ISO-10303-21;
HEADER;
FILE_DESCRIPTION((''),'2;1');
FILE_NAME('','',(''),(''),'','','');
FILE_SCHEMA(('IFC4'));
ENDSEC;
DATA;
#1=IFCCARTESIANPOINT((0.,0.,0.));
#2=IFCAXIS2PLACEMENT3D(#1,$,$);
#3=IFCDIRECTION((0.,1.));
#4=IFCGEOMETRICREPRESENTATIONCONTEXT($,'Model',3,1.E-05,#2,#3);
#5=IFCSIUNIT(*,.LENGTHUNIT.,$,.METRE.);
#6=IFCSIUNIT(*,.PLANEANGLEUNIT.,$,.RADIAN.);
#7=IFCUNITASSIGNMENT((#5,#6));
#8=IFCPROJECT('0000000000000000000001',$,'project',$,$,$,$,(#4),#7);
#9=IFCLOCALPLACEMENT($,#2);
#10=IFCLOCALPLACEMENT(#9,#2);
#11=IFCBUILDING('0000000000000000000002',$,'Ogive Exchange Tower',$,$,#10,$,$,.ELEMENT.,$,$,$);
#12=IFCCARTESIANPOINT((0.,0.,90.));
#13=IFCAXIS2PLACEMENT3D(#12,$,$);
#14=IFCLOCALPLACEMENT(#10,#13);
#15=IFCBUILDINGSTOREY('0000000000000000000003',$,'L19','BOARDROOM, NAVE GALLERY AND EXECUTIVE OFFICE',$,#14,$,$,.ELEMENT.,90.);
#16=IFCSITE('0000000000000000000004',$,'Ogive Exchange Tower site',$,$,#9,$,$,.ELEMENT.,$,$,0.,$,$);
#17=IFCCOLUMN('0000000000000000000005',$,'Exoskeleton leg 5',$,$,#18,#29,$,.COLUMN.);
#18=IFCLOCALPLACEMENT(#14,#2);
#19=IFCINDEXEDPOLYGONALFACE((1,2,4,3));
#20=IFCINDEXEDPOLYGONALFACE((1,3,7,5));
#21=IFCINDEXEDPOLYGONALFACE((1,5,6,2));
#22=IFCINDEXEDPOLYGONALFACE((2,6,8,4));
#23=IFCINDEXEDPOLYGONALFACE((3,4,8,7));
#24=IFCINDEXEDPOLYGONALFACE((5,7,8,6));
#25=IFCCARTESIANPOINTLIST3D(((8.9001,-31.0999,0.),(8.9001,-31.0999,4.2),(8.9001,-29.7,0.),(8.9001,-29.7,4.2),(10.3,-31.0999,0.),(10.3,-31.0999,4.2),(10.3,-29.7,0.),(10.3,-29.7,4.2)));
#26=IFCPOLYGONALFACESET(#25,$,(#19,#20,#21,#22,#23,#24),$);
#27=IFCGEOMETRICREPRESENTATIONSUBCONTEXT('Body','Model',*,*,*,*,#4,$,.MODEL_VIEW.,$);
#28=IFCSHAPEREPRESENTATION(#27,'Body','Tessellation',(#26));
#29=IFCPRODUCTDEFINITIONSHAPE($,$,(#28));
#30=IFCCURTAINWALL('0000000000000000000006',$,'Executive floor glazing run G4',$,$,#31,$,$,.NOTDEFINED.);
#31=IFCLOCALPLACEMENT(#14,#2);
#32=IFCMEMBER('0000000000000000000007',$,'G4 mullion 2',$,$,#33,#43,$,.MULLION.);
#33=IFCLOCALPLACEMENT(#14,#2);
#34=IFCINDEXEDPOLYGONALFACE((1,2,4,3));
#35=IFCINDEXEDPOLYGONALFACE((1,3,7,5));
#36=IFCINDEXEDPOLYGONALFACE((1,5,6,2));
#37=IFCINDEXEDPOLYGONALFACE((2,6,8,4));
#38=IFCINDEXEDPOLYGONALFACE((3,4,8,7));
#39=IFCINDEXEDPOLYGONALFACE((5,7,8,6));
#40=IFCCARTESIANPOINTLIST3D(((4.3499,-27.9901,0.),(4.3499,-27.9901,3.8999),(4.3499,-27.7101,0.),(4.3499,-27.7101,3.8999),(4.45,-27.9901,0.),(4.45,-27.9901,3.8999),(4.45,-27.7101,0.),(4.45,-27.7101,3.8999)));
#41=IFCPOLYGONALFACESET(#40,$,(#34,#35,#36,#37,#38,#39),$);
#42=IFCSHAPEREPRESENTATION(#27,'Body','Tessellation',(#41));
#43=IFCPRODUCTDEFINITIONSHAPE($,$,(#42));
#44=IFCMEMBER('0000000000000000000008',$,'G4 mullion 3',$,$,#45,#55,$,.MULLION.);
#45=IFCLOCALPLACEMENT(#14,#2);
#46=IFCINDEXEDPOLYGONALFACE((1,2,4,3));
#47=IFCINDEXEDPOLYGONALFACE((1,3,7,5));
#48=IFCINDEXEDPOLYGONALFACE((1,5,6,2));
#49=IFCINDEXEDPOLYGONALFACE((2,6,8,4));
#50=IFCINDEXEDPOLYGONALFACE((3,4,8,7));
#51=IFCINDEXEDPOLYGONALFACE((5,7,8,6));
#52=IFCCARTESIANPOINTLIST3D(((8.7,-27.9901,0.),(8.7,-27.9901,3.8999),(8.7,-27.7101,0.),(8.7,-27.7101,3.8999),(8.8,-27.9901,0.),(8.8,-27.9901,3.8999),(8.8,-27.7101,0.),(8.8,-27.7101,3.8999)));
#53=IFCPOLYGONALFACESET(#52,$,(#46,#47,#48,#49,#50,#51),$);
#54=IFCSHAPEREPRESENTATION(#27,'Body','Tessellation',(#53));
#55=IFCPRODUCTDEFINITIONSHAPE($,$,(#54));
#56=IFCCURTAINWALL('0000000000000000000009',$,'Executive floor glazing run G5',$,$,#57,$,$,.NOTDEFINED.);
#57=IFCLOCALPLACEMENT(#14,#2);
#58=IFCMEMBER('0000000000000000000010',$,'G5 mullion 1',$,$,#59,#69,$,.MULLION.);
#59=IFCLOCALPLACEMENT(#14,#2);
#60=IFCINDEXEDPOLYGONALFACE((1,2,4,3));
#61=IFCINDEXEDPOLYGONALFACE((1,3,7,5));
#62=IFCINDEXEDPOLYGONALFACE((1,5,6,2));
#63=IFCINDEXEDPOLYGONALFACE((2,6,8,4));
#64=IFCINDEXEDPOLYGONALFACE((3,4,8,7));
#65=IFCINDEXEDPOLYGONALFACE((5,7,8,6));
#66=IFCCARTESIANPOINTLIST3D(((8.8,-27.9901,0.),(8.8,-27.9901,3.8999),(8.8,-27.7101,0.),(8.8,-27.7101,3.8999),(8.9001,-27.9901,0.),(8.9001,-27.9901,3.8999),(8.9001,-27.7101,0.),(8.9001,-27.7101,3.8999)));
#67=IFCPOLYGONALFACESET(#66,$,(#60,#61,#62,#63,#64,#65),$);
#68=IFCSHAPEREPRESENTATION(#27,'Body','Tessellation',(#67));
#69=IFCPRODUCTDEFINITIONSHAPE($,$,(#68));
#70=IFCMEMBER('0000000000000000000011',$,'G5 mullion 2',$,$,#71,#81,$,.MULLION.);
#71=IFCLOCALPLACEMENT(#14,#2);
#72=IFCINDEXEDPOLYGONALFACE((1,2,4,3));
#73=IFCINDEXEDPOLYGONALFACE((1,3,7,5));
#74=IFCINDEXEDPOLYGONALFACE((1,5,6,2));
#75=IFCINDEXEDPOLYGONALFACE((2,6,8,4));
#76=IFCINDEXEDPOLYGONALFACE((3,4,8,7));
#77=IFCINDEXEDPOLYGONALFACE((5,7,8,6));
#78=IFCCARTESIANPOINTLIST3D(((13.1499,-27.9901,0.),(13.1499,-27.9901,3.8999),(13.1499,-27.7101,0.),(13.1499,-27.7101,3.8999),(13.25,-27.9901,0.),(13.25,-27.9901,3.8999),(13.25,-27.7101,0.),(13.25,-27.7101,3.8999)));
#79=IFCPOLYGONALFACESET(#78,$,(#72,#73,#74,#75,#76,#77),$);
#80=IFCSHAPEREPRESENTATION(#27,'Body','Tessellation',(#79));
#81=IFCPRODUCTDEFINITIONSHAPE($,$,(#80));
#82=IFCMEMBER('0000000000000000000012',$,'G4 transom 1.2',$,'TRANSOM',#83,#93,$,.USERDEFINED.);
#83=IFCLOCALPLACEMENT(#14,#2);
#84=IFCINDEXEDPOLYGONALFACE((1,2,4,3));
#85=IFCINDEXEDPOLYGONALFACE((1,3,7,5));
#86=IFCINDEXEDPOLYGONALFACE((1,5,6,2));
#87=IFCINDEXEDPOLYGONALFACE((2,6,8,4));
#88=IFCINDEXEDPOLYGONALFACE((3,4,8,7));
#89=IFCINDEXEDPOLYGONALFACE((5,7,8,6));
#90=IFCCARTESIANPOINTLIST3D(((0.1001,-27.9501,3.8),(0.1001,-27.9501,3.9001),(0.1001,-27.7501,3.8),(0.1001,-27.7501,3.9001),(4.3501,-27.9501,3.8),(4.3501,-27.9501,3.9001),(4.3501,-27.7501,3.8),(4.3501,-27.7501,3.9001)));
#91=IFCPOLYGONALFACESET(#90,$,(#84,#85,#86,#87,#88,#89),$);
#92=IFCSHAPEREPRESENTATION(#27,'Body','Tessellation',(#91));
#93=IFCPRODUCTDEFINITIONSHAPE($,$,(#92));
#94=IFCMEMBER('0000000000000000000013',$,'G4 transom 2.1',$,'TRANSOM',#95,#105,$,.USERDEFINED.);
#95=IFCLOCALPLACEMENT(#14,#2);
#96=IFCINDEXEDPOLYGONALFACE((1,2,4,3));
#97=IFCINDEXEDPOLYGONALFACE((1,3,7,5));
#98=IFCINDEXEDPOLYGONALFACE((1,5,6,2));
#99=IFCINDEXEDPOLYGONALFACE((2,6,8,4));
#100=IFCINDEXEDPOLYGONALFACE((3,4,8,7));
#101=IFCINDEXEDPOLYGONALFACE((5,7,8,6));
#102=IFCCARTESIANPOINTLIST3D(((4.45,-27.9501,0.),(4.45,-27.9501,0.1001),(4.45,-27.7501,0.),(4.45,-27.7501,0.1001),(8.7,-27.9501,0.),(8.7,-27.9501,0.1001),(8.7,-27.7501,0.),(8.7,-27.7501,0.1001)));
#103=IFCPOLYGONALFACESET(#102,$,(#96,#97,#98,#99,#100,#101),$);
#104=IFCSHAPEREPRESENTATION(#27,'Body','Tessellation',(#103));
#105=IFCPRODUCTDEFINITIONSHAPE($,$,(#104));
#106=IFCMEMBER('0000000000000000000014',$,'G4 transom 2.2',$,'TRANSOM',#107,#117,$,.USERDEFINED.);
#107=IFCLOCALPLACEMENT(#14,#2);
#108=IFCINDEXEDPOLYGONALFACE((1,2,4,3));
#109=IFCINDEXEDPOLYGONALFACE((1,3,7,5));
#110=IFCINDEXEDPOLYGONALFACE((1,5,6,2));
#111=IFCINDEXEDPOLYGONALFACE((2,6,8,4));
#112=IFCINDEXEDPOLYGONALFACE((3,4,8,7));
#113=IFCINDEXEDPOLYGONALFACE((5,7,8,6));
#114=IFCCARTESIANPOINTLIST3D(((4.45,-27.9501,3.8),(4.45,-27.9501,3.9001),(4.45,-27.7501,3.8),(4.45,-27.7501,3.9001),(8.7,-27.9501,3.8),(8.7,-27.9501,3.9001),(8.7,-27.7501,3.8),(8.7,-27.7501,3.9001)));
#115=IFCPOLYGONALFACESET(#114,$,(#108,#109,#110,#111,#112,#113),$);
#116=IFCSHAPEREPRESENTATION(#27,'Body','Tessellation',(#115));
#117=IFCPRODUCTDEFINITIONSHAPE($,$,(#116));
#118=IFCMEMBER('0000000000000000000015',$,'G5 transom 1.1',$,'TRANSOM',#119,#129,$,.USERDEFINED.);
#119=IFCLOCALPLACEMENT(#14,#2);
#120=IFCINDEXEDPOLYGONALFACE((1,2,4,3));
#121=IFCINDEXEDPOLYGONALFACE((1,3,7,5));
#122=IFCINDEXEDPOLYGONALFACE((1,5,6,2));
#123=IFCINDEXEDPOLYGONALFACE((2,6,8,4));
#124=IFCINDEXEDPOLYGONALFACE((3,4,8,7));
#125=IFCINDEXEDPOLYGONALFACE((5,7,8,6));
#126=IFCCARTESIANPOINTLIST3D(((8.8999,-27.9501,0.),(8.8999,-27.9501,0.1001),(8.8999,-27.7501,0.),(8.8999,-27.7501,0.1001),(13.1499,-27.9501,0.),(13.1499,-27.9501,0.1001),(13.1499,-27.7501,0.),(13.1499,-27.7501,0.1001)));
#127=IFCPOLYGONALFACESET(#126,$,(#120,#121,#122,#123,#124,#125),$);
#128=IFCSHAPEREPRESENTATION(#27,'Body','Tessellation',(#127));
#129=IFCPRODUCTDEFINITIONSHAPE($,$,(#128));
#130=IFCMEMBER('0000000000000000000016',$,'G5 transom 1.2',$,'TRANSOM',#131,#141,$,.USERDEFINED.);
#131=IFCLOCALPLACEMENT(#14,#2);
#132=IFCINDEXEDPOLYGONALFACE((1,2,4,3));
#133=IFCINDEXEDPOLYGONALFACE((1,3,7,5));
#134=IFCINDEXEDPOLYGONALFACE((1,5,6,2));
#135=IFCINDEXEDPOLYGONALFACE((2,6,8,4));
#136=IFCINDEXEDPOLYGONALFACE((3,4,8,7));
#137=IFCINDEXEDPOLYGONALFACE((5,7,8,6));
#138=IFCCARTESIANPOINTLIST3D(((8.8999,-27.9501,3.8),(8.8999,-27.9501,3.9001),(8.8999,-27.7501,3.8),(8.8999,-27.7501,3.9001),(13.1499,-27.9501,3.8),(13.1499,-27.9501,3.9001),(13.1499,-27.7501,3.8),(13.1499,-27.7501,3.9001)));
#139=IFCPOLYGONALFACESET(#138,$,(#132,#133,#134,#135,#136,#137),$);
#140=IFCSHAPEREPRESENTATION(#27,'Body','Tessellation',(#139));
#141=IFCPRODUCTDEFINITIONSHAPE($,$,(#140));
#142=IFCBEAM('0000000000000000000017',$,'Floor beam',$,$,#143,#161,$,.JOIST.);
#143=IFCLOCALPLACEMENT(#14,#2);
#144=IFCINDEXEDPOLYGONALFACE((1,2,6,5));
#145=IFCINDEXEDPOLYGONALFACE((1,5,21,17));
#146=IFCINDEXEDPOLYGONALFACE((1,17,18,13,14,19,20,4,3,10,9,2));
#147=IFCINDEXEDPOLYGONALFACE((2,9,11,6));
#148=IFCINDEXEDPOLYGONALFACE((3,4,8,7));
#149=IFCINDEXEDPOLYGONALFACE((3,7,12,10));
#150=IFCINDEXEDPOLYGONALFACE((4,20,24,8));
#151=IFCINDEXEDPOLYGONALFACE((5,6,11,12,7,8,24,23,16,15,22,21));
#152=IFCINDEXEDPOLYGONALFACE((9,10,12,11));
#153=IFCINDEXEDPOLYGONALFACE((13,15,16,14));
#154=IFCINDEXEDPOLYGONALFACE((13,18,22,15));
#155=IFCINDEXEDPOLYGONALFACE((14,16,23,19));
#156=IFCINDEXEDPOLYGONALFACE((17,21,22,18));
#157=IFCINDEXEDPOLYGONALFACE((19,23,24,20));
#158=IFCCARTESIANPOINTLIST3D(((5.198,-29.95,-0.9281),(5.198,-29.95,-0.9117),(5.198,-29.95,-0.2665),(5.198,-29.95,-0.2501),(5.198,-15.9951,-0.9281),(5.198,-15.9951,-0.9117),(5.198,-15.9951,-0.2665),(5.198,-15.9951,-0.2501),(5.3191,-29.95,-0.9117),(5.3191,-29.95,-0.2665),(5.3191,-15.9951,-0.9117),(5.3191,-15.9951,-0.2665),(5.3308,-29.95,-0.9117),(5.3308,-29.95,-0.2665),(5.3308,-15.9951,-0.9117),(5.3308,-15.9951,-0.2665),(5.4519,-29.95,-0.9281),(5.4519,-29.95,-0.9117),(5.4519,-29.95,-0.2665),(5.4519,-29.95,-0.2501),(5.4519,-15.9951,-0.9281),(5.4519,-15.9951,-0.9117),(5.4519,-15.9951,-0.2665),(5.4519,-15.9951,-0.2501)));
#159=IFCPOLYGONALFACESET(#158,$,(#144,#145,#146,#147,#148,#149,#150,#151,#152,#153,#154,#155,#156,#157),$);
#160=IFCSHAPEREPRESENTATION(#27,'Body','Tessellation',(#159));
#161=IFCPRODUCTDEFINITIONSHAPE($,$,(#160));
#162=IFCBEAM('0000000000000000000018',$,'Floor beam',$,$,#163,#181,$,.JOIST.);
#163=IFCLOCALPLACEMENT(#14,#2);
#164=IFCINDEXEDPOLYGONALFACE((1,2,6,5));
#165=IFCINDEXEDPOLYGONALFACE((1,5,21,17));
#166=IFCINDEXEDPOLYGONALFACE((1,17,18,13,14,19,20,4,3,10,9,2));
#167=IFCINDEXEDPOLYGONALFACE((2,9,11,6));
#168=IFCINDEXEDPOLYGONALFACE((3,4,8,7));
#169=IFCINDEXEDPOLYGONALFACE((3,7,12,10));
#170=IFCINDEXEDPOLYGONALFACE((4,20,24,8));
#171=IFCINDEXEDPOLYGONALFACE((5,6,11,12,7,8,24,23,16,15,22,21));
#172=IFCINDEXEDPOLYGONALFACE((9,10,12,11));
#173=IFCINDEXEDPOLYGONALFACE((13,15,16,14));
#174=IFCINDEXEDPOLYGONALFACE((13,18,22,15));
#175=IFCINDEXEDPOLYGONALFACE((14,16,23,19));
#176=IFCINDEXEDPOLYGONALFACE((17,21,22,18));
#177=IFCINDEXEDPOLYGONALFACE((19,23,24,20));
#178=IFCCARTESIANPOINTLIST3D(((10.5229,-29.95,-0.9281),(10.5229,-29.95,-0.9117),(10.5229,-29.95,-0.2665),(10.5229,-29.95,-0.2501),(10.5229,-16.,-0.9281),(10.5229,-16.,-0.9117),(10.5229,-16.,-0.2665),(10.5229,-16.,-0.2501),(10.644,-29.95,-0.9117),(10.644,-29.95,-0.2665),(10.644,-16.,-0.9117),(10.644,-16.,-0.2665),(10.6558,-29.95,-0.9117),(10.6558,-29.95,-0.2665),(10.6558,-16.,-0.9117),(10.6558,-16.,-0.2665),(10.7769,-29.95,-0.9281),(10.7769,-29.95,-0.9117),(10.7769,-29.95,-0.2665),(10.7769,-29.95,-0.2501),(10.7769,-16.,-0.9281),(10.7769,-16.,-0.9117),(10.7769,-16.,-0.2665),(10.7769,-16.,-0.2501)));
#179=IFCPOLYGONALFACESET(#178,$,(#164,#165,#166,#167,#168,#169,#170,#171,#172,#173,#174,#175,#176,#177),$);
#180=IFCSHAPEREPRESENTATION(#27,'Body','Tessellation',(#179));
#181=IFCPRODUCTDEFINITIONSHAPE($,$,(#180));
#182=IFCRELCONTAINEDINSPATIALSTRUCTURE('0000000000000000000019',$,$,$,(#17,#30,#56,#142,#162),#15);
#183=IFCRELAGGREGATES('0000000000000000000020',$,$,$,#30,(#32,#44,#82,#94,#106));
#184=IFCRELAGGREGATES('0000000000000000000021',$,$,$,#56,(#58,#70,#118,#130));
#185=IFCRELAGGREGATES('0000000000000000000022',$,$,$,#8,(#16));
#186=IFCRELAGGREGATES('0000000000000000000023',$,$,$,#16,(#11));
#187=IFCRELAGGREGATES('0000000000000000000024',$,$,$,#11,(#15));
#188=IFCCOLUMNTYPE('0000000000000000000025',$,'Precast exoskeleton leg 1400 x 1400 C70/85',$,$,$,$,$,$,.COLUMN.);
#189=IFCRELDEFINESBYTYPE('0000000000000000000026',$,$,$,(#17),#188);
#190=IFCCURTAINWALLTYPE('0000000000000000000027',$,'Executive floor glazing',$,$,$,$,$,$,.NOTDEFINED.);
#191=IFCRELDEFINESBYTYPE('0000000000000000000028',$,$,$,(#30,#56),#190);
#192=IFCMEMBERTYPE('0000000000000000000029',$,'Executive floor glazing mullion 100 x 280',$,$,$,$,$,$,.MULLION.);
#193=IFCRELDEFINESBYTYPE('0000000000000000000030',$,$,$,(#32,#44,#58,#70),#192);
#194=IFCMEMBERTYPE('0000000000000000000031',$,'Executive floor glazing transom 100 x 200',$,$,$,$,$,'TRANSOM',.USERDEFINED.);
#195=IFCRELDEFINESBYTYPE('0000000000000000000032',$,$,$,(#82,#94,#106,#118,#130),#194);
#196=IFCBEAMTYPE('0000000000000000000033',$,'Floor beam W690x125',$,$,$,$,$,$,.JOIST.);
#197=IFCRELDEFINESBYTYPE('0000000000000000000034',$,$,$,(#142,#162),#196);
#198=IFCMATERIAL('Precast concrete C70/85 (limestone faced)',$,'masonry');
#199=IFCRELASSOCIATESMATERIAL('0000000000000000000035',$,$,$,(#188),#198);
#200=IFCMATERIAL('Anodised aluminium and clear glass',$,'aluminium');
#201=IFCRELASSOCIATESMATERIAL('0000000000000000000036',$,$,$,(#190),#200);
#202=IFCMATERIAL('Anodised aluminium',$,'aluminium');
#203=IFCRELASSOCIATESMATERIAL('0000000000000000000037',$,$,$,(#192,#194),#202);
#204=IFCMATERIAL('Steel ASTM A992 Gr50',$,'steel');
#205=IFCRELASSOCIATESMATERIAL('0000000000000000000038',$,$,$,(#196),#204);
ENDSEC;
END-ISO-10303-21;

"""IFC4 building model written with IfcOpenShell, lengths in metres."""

from ifc_helpers import new_model, si_unit, direction, frame, origin, origin_2d, place, context, subcontext, project, spatial, rectangle, i_section, extrude, material, material_profile, profile_set, type_object, element, aggregate, save


model = new_model("IFC4")

# Units and contexts
model_context = context("Model", 3, precision=1e-05, world=origin(), true_north=direction((0.0, 1.0)))
body_context = subcontext(model_context, "Body", "Model", "MODEL_VIEW")
ifc_project = project(units=[si_unit("LENGTHUNIT", "METRE"), si_unit("PLANEANGLEUNIT", "RADIAN")], contexts=[model_context])

# Site, building, storey
site_placement = place(None, origin())
site = spatial("IfcSite", under=ifc_project, at=site_placement, Name="Ogive Exchange Tower site", CompositionType="ELEMENT", RefElevation=0.0)
building_placement = place(site_placement, origin())
building = spatial("IfcBuilding", under=site, at=building_placement, Name="Ogive Exchange Tower", CompositionType="ELEMENT")
storey_placement = place(building_placement, frame((0.0, 0.0, 90.0)))
storey = spatial("IfcBuildingStorey", under=building, at=storey_placement, Name="L19", Description="BOARDROOM, NAVE GALLERY AND EXECUTIVE OFFICE", CompositionType="ELEMENT", Elevation=90.0)

# Column
ifc_material_1 = material(Name="Precast concrete C70/85 (limestone faced)", Category="masonry")
ifc_material_profile_1 = material_profile(ifc_material_1, rectangle(XDim=1.3999, YDim=1.3999, at=origin_2d()), Name="1400 x 1400")
ifc_profile_set_1 = profile_set([ifc_material_profile_1], Name="Precast concrete C70/85 (limestone faced)")
column_type = type_object("IfcColumnType", Name="Precast exoskeleton leg 1400 x 1400 C70/85", PredefinedType="COLUMN", material=ifc_profile_set_1)
column_placement = place(storey_placement, frame((9.6001, -30.3999, 0.0), z_axis=(0.0, 0.0, 1.0), x_axis=(1.0, 0.0, 0.0)))
element("IfcColumn", 1, at=column_placement, inside=storey, type_object=column_type, Name="Exoskeleton leg 5", PredefinedType="COLUMN", context=body_context, shape_type="SweptSolid", body=[
    extrude(rectangle(XDim=1.3999, YDim=1.3999, at=origin_2d()), origin(), (0.0, 0.0, 1.0), 4.2),
])

# Curtain walls, members
ifc_material_2 = material(Name="Anodised aluminium and clear glass", Category="aluminium")
curtain_wall_type = type_object("IfcCurtainWallType", Name="Executive floor glazing", PredefinedType="NOTDEFINED", material=ifc_material_2)
curtain_wall_1_placement = place(storey_placement, origin())
curtain_wall_1 = element("IfcCurtainWall", 2, at=curtain_wall_1_placement, inside=storey, type_object=curtain_wall_type, Name="Executive floor glazing run G4", PredefinedType="NOTDEFINED")
ifc_material_3 = material(Name="Anodised aluminium", Category="aluminium")
ifc_material_profile_2 = material_profile(ifc_material_3, rectangle(XDim=0.28, YDim=0.1001, at=origin_2d()), Name="AL 100x280")
ifc_profile_set_2 = profile_set([ifc_material_profile_2], Name="Anodised aluminium")
member_type_1 = type_object("IfcMemberType", Name="Executive floor glazing mullion 100 x 280", PredefinedType="MULLION", material=ifc_profile_set_2)
member_1_placement = place(storey_placement, frame((4.3999, -27.8501, 0.0), z_axis=(0.0, 0.0, 1.0), x_axis=(0.0, 1.0, 0.0)))
member_1 = element("IfcMember", 3, at=member_1_placement, type_object=member_type_1, Name="G4 mullion 2", PredefinedType="MULLION", context=body_context, shape_type="SweptSolid", body=[
    extrude(rectangle(XDim=0.28, YDim=0.1001, at=origin_2d()), origin(), (0.0, 0.0, 1.0), 3.8999),
])
member_2_placement = place(storey_placement, frame((8.75, -27.8501, 0.0), z_axis=(0.0, 0.0, 1.0), x_axis=(0.0, 1.0, 0.0)))
member_2 = element("IfcMember", 4, at=member_2_placement, type_object=member_type_1, Name="G4 mullion 3", PredefinedType="MULLION", context=body_context, shape_type="SweptSolid", body=[
    extrude(rectangle(XDim=0.28, YDim=0.1001, at=origin_2d()), origin(), (0.0, 0.0, 1.0), 3.8999),
])
curtain_wall_2_placement = place(storey_placement, origin())
curtain_wall_2 = element("IfcCurtainWall", 5, at=curtain_wall_2_placement, inside=storey, type_object=curtain_wall_type, Name="Executive floor glazing run G5", PredefinedType="NOTDEFINED")
member_3_placement = place(storey_placement, frame((8.8501, -27.8501, 0.0), z_axis=(0.0, 0.0, 1.0), x_axis=(0.0, 1.0, 0.0)))
member_3 = element("IfcMember", 6, at=member_3_placement, type_object=member_type_1, Name="G5 mullion 1", PredefinedType="MULLION", context=body_context, shape_type="SweptSolid", body=[
    extrude(rectangle(XDim=0.28, YDim=0.1001, at=origin_2d()), origin(), (0.0, 0.0, 1.0), 3.8999),
])
member_4_placement = place(storey_placement, frame((13.2, -27.8501, 0.0), z_axis=(0.0, 0.0, 1.0), x_axis=(0.0, 1.0, 0.0)))
member_4 = element("IfcMember", 7, at=member_4_placement, type_object=member_type_1, Name="G5 mullion 2", PredefinedType="MULLION", context=body_context, shape_type="SweptSolid", body=[
    extrude(rectangle(XDim=0.28, YDim=0.1001, at=origin_2d()), origin(), (0.0, 0.0, 1.0), 3.8999),
])

# Members
ifc_material_profile_3 = material_profile(ifc_material_3, rectangle(XDim=0.2, YDim=0.1001, at=origin_2d()), Name="AL 100x200")
ifc_profile_set_3 = profile_set([ifc_material_profile_3], Name="Anodised aluminium")
member_type_2 = type_object("IfcMemberType", Name="Executive floor glazing transom 100 x 200", ElementType="TRANSOM", PredefinedType="USERDEFINED", material=ifc_profile_set_3)
member_5_placement = place(storey_placement, frame((0.1001, -27.8501, 3.8501), z_axis=(1.0, 0.0, 0.0), x_axis=(0.0, 1.0, 0.0)))
member_5 = element("IfcMember", 8, at=member_5_placement, type_object=member_type_2, Name="G4 transom 1.2", ObjectType="TRANSOM", PredefinedType="USERDEFINED", context=body_context, shape_type="SweptSolid", body=[
    extrude(rectangle(XDim=0.2, YDim=0.1001, at=origin_2d()), origin(), (0.0, 0.0, 1.0), 4.25),
])
member_6_placement = place(storey_placement, frame((4.45, -27.8501, 0.05), z_axis=(1.0, 0.0, 0.0), x_axis=(0.0, 1.0, 0.0)))
member_6 = element("IfcMember", 9, at=member_6_placement, type_object=member_type_2, Name="G4 transom 2.1", ObjectType="TRANSOM", PredefinedType="USERDEFINED", context=body_context, shape_type="SweptSolid", body=[
    extrude(rectangle(XDim=0.2, YDim=0.1001, at=origin_2d()), origin(), (0.0, 0.0, 1.0), 4.25),
])
member_7_placement = place(storey_placement, frame((4.45, -27.8501, 3.8501), z_axis=(1.0, 0.0, 0.0), x_axis=(0.0, 1.0, 0.0)))
member_7 = element("IfcMember", 10, at=member_7_placement, type_object=member_type_2, Name="G4 transom 2.2", ObjectType="TRANSOM", PredefinedType="USERDEFINED", context=body_context, shape_type="SweptSolid", body=[
    extrude(rectangle(XDim=0.2, YDim=0.1001, at=origin_2d()), origin(), (0.0, 0.0, 1.0), 4.25),
])
member_8_placement = place(storey_placement, frame((8.8999, -27.8501, 0.05), z_axis=(1.0, 0.0, 0.0), x_axis=(0.0, 1.0, 0.0)))
member_8 = element("IfcMember", 11, at=member_8_placement, type_object=member_type_2, Name="G5 transom 1.1", ObjectType="TRANSOM", PredefinedType="USERDEFINED", context=body_context, shape_type="SweptSolid", body=[
    extrude(rectangle(XDim=0.2, YDim=0.1001, at=origin_2d()), origin(), (0.0, 0.0, 1.0), 4.25),
])
member_9_placement = place(storey_placement, frame((8.8999, -27.8501, 3.8501), z_axis=(1.0, 0.0, 0.0), x_axis=(0.0, 1.0, 0.0)))
member_9 = element("IfcMember", 12, at=member_9_placement, type_object=member_type_2, Name="G5 transom 1.2", ObjectType="TRANSOM", PredefinedType="USERDEFINED", context=body_context, shape_type="SweptSolid", body=[
    extrude(rectangle(XDim=0.2, YDim=0.1001, at=origin_2d()), origin(), (0.0, 0.0, 1.0), 4.25),
])

# Beams
ifc_material_4 = material(Name="Steel ASTM A992 Gr50", Category="steel")
ifc_material_profile_4 = material_profile(ifc_material_4, i_section(OverallWidth=0.2539, OverallDepth=0.678, WebThickness=0.0117, FlangeThickness=0.0164, at=origin_2d()), Name="W690x125")
ifc_profile_set_4 = profile_set([ifc_material_profile_4], Name="Steel ASTM A992 Gr50")
beam_type_1 = type_object("IfcBeamType", Name="Floor beam W690x125", PredefinedType="JOIST", material=ifc_profile_set_4)
beam_placement = place(storey_placement, frame((5.325, -29.95, -0.5891), z_axis=(0.0, 1.0, 0.0), x_axis=(-1.0, 0.0, 0.0)))
element("IfcBeam", 13, at=beam_placement, inside=storey, type_object=beam_type_1, Name="Floor beam", PredefinedType="JOIST", context=body_context, shape_type="SweptSolid", body=[
    extrude(i_section(OverallWidth=0.2539, OverallDepth=0.678, WebThickness=0.0117, FlangeThickness=0.0164, at=origin_2d()), origin(), (0.0, 0.0, 1.0), 13.9548),
])
for number, where, z_axis, x_axis, name in (
    (14, (10.6499, -29.95, -0.5891), (0.0, 1.0, 0.0), (-1.0, 0.0, 0.0), "Floor beam"),
):
    element("IfcBeam", number, at=place(storey_placement, frame(where, z_axis=z_axis, x_axis=x_axis)), inside=storey, type_object=beam_type_1, Name=name, PredefinedType="JOIST", context=body_context, shape_type="SweptSolid", body=[
        extrude(i_section(OverallWidth=0.2539, OverallDepth=0.678, WebThickness=0.0117, FlangeThickness=0.0164, at=origin_2d()), origin(), (0.0, 0.0, 1.0), 13.95),
    ])

aggregate(curtain_wall_1, [member_1, member_2, member_5, member_6, member_7])
aggregate(curtain_wall_2, [member_3, member_4, member_8, member_9])

save(model, "model.ifc")
